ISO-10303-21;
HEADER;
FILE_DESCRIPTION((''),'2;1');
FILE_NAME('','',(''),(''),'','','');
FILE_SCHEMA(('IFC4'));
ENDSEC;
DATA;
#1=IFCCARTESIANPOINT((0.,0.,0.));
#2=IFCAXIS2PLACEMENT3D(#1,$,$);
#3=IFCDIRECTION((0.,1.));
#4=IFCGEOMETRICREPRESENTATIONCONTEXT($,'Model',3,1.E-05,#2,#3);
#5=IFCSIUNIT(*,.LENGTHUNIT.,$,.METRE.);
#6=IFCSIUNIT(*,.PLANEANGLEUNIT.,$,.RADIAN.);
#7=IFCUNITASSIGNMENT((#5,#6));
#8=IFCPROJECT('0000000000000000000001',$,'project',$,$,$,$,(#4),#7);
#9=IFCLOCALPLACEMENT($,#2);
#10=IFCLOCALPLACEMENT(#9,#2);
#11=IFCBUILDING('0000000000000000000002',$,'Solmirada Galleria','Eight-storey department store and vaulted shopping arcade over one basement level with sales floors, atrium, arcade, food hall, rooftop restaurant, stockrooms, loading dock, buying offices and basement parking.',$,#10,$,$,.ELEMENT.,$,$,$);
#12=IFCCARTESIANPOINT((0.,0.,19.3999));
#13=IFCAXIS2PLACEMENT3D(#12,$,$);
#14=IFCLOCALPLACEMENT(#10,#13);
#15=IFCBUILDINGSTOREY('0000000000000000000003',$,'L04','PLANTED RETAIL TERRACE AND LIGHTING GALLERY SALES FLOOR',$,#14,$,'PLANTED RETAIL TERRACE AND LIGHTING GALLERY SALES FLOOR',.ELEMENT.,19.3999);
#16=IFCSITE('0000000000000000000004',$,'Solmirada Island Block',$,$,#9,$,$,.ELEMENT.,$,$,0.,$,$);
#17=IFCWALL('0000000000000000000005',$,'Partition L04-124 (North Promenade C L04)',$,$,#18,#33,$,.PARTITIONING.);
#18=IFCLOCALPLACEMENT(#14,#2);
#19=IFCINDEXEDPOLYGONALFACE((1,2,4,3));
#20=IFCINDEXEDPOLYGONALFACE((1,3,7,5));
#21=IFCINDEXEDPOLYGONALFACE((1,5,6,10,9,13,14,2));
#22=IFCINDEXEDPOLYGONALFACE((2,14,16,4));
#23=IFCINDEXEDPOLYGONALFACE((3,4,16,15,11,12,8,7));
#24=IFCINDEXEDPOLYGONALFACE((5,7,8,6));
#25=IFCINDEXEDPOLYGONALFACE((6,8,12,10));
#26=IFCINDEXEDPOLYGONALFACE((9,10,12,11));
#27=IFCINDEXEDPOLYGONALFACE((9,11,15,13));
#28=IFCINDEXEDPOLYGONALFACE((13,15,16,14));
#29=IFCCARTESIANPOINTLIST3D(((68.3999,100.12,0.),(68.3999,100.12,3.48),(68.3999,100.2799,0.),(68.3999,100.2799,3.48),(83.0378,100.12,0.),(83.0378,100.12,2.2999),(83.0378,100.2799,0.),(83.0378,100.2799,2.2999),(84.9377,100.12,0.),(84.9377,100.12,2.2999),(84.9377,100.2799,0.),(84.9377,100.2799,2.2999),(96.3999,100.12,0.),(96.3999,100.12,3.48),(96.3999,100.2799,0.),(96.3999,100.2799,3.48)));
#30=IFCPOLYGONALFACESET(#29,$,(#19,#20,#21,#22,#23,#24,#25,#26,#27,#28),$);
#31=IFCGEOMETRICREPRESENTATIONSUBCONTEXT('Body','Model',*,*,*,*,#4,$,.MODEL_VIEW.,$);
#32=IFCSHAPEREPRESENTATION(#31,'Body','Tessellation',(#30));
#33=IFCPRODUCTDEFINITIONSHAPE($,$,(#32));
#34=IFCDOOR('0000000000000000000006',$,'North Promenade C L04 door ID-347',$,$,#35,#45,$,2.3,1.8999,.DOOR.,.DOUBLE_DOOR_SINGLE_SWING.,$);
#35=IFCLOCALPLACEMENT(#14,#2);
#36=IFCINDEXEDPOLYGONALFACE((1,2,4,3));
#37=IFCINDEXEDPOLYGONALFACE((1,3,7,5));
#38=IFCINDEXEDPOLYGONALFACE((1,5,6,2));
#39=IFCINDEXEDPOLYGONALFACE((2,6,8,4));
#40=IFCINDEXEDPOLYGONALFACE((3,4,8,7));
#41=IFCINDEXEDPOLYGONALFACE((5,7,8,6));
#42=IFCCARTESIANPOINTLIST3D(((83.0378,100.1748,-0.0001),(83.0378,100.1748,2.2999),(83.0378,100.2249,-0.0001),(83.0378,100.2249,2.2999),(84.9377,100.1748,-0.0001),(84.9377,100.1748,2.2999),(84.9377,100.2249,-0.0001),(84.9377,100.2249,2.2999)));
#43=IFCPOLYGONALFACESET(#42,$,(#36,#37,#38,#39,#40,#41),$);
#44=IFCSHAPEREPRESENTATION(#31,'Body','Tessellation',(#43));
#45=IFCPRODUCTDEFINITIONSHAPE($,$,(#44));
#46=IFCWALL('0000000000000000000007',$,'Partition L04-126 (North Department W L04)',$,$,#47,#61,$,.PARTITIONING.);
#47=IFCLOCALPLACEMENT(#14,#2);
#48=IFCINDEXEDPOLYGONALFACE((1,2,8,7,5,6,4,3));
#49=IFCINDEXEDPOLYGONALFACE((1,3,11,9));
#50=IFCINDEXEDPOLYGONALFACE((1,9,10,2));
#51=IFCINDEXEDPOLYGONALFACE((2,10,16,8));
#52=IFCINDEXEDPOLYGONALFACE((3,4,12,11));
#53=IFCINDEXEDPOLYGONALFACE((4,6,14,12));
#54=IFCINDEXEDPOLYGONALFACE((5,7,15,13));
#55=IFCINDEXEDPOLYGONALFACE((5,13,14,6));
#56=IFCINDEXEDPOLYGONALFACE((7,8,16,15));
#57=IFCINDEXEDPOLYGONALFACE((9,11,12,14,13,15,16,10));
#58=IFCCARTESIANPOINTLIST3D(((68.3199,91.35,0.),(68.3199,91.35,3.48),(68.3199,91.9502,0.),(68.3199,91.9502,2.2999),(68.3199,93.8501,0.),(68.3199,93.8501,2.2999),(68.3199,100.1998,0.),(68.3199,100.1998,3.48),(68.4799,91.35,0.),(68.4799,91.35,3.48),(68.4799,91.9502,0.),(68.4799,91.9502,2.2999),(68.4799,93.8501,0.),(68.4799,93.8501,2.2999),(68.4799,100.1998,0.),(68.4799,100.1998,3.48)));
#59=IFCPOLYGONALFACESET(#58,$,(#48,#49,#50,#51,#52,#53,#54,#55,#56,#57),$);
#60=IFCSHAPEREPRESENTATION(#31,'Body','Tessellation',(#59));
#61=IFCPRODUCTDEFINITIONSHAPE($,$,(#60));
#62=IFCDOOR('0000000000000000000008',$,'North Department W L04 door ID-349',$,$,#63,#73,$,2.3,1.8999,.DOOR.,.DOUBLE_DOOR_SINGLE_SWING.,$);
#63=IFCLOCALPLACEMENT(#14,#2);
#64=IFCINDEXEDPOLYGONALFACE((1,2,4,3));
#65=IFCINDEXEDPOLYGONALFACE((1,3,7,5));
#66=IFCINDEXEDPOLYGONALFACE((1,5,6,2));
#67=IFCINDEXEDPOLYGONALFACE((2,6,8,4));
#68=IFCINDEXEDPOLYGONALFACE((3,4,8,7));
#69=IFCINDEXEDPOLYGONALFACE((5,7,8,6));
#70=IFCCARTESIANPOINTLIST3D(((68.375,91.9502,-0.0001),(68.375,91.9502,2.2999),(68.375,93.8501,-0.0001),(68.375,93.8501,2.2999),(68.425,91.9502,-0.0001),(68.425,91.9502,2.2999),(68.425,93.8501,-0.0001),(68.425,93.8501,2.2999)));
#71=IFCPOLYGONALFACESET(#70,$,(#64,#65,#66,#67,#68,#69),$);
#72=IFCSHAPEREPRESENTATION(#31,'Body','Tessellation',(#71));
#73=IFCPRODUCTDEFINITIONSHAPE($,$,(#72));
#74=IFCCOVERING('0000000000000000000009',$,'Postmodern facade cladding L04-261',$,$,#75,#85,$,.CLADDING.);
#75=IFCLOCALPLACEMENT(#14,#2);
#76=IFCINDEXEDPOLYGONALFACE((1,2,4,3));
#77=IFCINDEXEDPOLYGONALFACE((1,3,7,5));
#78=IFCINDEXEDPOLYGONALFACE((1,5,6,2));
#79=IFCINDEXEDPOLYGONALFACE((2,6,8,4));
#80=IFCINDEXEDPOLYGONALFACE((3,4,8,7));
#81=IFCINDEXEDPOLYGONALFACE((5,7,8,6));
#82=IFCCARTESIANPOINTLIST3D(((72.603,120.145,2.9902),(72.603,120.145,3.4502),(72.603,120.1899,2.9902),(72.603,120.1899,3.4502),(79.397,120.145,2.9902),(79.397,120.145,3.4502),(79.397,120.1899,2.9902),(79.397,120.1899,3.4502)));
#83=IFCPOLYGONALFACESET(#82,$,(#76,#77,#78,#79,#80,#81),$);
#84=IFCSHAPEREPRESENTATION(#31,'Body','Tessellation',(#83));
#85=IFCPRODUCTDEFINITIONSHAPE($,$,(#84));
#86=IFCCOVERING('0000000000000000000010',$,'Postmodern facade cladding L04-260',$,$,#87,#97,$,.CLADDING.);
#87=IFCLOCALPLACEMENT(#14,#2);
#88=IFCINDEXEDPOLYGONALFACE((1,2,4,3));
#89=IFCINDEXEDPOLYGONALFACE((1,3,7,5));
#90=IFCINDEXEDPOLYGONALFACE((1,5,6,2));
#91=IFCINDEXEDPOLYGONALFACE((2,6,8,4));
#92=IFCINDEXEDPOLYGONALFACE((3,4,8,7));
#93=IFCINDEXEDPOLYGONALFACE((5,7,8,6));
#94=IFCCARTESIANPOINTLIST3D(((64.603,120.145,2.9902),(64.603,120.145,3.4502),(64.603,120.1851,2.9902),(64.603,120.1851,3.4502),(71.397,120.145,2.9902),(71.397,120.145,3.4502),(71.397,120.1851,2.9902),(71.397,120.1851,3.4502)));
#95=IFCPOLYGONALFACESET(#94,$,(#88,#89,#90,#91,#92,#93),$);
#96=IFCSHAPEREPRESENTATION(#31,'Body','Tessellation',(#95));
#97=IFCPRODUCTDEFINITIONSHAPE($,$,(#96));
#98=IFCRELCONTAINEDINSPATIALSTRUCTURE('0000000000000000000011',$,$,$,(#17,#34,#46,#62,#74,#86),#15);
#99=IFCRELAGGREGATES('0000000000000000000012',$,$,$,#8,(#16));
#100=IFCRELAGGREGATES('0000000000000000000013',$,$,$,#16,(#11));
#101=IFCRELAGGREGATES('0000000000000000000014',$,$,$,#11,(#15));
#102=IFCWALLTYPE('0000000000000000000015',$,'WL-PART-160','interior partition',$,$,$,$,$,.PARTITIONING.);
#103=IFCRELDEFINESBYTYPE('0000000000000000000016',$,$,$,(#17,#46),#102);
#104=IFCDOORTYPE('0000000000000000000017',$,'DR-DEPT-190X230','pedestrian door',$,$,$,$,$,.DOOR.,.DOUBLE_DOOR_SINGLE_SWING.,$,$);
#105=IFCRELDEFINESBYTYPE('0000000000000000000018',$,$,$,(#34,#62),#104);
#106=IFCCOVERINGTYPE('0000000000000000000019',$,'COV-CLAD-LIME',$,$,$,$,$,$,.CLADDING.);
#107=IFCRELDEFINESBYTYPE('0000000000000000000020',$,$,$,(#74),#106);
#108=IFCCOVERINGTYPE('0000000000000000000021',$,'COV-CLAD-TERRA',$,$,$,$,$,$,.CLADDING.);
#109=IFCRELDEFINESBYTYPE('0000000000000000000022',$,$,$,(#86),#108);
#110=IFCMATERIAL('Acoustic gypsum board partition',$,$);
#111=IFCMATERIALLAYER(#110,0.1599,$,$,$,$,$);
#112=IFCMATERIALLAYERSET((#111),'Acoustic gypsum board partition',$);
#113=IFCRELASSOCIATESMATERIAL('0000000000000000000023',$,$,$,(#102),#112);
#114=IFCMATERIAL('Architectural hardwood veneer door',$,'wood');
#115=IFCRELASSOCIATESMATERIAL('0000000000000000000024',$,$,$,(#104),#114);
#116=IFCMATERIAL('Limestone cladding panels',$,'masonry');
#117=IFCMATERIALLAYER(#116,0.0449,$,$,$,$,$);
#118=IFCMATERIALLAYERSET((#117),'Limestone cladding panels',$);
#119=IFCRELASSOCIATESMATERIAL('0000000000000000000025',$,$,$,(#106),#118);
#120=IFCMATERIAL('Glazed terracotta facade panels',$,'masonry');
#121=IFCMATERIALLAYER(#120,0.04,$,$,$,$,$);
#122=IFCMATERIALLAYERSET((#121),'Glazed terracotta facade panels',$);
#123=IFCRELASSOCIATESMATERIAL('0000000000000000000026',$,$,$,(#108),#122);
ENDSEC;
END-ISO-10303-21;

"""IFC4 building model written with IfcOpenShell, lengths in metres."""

from ifc_helpers import new_model, si_unit, direction, frame, frame_2d, origin, origin_2d, place, context, subcontext, project, spatial, rectangle, extrude, material, layer, layer_set, type_object, element, fill, save


model = new_model("IFC4")

# Units and contexts
model_context = context("Model", 3, precision=1e-05, world=origin(), true_north=direction((0.0, 1.0)))
body_context = subcontext(model_context, "Body", "Model", "MODEL_VIEW")
ifc_project = project(units=[si_unit("LENGTHUNIT", "METRE"), si_unit("PLANEANGLEUNIT", "RADIAN")], contexts=[model_context])

# Site, building, storey
site_placement = place(None, origin())
site = spatial("IfcSite", under=ifc_project, at=site_placement, Name="Solmirada Island Block", CompositionType="ELEMENT", RefElevation=0.0)
building_placement = place(site_placement, origin())
building = spatial("IfcBuilding", under=site, at=building_placement, Name="Solmirada Galleria", Description="Eight-storey department store and vaulted shopping arcade over one basement level with sales floors, atrium, arcade, food hall, rooftop restaurant, stockrooms, loading dock, buying offices and basement parking.", CompositionType="ELEMENT")
storey_placement = place(building_placement, frame((0.0, 0.0, 19.3999)))
storey = spatial("IfcBuildingStorey", under=building, at=storey_placement, Name="L04", Description="PLANTED RETAIL TERRACE AND LIGHTING GALLERY SALES FLOOR", LongName="PLANTED RETAIL TERRACE AND LIGHTING GALLERY SALES FLOOR", CompositionType="ELEMENT", Elevation=19.3999)

# Walls, openings, doors
ifc_material_1 = material(Name="Acoustic gypsum board partition")
ifc_layer_1 = layer(ifc_material_1, 0.1599)
ifc_layer_set_1 = layer_set([ifc_layer_1], Name="Acoustic gypsum board partition")
wall_type_1 = type_object("IfcWallType", Name="WL-PART-160", Description="interior partition", PredefinedType="PARTITIONING", material=ifc_layer_set_1)
wall_1_placement = place(storey_placement, frame((68.3999, 100.2, 0.0), z_axis=(0.0, 0.0, 1.0), x_axis=(1.0, 0.0, 0.0)))
wall_1 = element("IfcWall", 1, at=wall_1_placement, inside=storey, type_object=wall_type_1, Name="Partition L04-124 (North Promenade C L04)", PredefinedType="PARTITIONING", context=body_context, shape_type="SweptSolid", body=[
    extrude(rectangle(XDim=28.0, YDim=0.1599, at=frame_2d((14.0, 0.0))), origin(), (0.0, 0.0, 1.0), 3.48),
])
opening_1_placement = place(wall_1_placement, frame((14.6379, 0.0, 0.0)))
opening_1 = element("IfcOpeningElement", 2, at=opening_1_placement, cuts=wall_1, PredefinedType="OPENING", context=body_context, shape_type="SweptSolid", body=[
    extrude(rectangle(XDim=1.8999, YDim=2.3, at=frame_2d((0.95, 1.1499))), frame((0.0, 0.0898, 0.0), z_axis=(0.0, -1.0, 0.0), x_axis=(1.0, 0.0, 0.0)), (0.0, 0.0, 1.0), 0.1799),
])
ifc_material_2 = material(Name="Architectural hardwood veneer door", Category="wood")
door_type = type_object("IfcDoorType", Name="DR-DEPT-190X230", Description="pedestrian door", OperationType="DOUBLE_DOOR_SINGLE_SWING", PredefinedType="DOOR", material=ifc_material_2)
door_1_placement = place(opening_1_placement, origin())
door_1 = element("IfcDoor", 3, at=door_1_placement, inside=storey, type_object=door_type, Name="North Promenade C L04 door ID-347", OperationType="DOUBLE_DOOR_SINGLE_SWING", OverallHeight=2.3, OverallWidth=1.8999, PredefinedType="DOOR", context=body_context, shape_type="SweptSolid", body=[
    extrude(rectangle(XDim=1.8999, YDim=2.3, at=frame_2d((0.95, 1.1499))), frame((0.0, 0.0249, 0.0), z_axis=(0.0, -1.0, 0.0), x_axis=(1.0, 0.0, 0.0)), (0.0, 0.0, 1.0), 0.05),
])
fill(opening_1, door_1)
wall_2_placement = place(storey_placement, frame((68.3999, 91.3501, 0.0), z_axis=(0.0, 0.0, 1.0), x_axis=(0.0, 1.0, 0.0)))
wall_2 = element("IfcWall", 4, at=wall_2_placement, inside=storey, type_object=wall_type_1, Name="Partition L04-126 (North Department W L04)", PredefinedType="PARTITIONING", context=body_context, shape_type="SweptSolid", body=[
    extrude(rectangle(XDim=8.8499, YDim=0.1599, at=frame_2d((4.4248, 0.0))), origin(), (0.0, 0.0, 1.0), 3.48),
])
opening_2_placement = place(wall_2_placement, frame((0.6001, 0.0, 0.0)))
opening_2 = element("IfcOpeningElement", 5, at=opening_2_placement, cuts=wall_2, PredefinedType="OPENING", context=body_context, shape_type="SweptSolid", body=[
    extrude(rectangle(XDim=1.8999, YDim=2.3, at=frame_2d((0.95, 1.1499))), frame((0.0, 0.0898, 0.0), z_axis=(0.0, -1.0, 0.0), x_axis=(1.0, 0.0, 0.0)), (0.0, 0.0, 1.0), 0.1799),
])
door_2_placement = place(opening_2_placement, origin())
door_2 = element("IfcDoor", 6, at=door_2_placement, inside=storey, type_object=door_type, Name="North Department W L04 door ID-349", OperationType="DOUBLE_DOOR_SINGLE_SWING", OverallHeight=2.3, OverallWidth=1.8999, PredefinedType="DOOR", context=body_context, shape_type="SweptSolid", body=[
    extrude(rectangle(XDim=1.8999, YDim=2.3, at=frame_2d((0.95, 1.1499))), frame((0.0, 0.0249, 0.0), z_axis=(0.0, -1.0, 0.0), x_axis=(1.0, 0.0, 0.0)), (0.0, 0.0, 1.0), 0.05),
])
fill(opening_2, door_2)

# Coverings
ifc_material_3 = material(Name="Limestone cladding panels", Category="masonry")
ifc_layer_2 = layer(ifc_material_3, 0.0449)
ifc_layer_set_2 = layer_set([ifc_layer_2], Name="Limestone cladding panels")
covering_type_1 = type_object("IfcCoveringType", Name="COV-CLAD-LIME", PredefinedType="CLADDING", material=ifc_layer_set_2)
covering_1_placement = place(storey_placement, frame((76.0, 120.1675, 2.9902), z_axis=(0.0, 0.0, 1.0), x_axis=(1.0, 0.0, 0.0)))
element("IfcCovering", 7, at=covering_1_placement, inside=storey, type_object=covering_type_1, Name="Postmodern facade cladding L04-261", PredefinedType="CLADDING", context=body_context, shape_type="SweptSolid", body=[
    extrude(rectangle(XDim=6.7939, YDim=0.0449, at=origin_2d()), origin(), (0.0, 0.0, 1.0), 0.46),
])
ifc_material_4 = material(Name="Glazed terracotta facade panels", Category="masonry")
ifc_layer_3 = layer(ifc_material_4, 0.04)
ifc_layer_set_3 = layer_set([ifc_layer_3], Name="Glazed terracotta facade panels")
covering_type_2 = type_object("IfcCoveringType", Name="COV-CLAD-TERRA", PredefinedType="CLADDING", material=ifc_layer_set_3)
covering_2_placement = place(storey_placement, frame((68.0, 120.165, 2.9902), z_axis=(0.0, 0.0, 1.0), x_axis=(1.0, 0.0, 0.0)))
element("IfcCovering", 8, at=covering_2_placement, inside=storey, type_object=covering_type_2, Name="Postmodern facade cladding L04-260", PredefinedType="CLADDING", context=body_context, shape_type="SweptSolid", body=[
    extrude(rectangle(XDim=6.7939, YDim=0.04, at=origin_2d()), origin(), (0.0, 0.0, 1.0), 0.46),
])

save(model, "model.ifc")
